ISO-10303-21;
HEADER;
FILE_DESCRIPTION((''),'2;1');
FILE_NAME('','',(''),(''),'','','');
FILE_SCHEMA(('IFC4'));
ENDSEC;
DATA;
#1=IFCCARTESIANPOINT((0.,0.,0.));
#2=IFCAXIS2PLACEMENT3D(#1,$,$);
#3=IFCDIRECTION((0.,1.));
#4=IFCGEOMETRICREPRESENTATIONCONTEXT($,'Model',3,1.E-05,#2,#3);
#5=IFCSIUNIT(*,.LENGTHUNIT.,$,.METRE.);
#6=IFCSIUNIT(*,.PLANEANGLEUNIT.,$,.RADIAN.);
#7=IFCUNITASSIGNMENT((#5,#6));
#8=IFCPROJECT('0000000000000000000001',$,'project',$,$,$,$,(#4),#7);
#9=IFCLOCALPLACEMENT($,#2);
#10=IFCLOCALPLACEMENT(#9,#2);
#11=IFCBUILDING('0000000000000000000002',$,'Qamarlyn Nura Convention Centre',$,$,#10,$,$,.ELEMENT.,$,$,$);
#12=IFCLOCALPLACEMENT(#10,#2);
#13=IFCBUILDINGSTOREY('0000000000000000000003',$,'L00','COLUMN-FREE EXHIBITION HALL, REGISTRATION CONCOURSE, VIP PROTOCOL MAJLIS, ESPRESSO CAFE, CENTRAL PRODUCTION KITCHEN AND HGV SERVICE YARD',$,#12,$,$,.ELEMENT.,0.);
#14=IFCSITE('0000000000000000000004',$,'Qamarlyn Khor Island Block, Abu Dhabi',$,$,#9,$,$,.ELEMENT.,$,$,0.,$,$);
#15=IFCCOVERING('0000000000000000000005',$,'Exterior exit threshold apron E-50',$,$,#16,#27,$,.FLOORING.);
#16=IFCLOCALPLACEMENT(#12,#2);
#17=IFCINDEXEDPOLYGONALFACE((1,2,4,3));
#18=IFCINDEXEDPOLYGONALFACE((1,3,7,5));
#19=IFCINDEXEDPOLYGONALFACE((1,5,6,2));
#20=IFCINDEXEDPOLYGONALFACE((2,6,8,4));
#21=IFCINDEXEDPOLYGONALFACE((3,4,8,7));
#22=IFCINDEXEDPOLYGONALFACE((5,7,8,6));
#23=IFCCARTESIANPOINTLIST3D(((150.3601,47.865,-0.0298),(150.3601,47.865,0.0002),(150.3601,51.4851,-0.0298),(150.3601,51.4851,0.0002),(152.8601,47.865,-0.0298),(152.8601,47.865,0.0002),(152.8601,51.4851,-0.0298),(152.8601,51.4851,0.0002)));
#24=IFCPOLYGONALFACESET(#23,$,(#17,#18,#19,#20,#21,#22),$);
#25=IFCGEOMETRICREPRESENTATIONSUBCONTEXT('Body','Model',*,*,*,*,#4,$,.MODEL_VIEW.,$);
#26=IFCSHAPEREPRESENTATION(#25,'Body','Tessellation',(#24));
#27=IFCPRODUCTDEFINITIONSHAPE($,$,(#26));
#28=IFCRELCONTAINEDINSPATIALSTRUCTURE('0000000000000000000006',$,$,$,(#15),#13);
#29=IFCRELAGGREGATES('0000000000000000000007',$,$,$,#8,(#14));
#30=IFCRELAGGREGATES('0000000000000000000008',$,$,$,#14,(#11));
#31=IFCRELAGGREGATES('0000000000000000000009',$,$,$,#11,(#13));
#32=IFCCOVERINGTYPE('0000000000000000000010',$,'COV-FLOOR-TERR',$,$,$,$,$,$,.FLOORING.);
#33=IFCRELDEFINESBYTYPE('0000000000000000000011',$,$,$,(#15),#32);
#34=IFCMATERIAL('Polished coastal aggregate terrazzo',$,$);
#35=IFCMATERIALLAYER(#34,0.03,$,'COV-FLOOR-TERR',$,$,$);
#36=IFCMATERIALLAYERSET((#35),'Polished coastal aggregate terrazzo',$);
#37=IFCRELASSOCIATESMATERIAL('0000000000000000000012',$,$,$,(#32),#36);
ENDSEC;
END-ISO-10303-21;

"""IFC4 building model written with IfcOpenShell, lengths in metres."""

from ifc_helpers import new_model, si_unit, direction, frame, origin, origin_2d, place, context, subcontext, project, spatial, rectangle, extrude, material, layer, layer_set, type_object, element, save


model = new_model("IFC4")

# Units and contexts
model_context = context("Model", 3, precision=1e-05, world=origin(), true_north=direction((0.0, 1.0)))
body_context = subcontext(model_context, "Body", "Model", "MODEL_VIEW")
ifc_project = project(units=[si_unit("LENGTHUNIT", "METRE"), si_unit("PLANEANGLEUNIT", "RADIAN")], contexts=[model_context])

# Site, building, storey
site_placement = place(None, origin())
site = spatial("IfcSite", under=ifc_project, at=site_placement, Name="Qamarlyn Khor Island Block, Abu Dhabi", CompositionType="ELEMENT", RefElevation=0.0)
building_placement = place(site_placement, origin())
building = spatial("IfcBuilding", under=site, at=building_placement, Name="Qamarlyn Nura Convention Centre", CompositionType="ELEMENT")
storey_placement = place(building_placement, origin())
storey = spatial("IfcBuildingStorey", under=building, at=storey_placement, Name="L00", Description="COLUMN-FREE EXHIBITION HALL, REGISTRATION CONCOURSE, VIP PROTOCOL MAJLIS, ESPRESSO CAFE, CENTRAL PRODUCTION KITCHEN AND HGV SERVICE YARD", CompositionType="ELEMENT", Elevation=0.0)

# Covering
ifc_material_1 = material(Name="Polished coastal aggregate terrazzo")
ifc_layer_1 = layer(ifc_material_1, 0.03, Name="COV-FLOOR-TERR")
ifc_layer_set_1 = layer_set([ifc_layer_1], Name="Polished coastal aggregate terrazzo")
covering_type = type_object("IfcCoveringType", Name="COV-FLOOR-TERR", PredefinedType="FLOORING", material=ifc_layer_set_1)
covering_placement = place(storey_placement, frame((151.6101, 49.675, -0.0298), z_axis=(0.0, 0.0, 1.0), x_axis=(0.0, 1.0, 0.0)))
element("IfcCovering", 1, at=covering_placement, inside=storey, type_object=covering_type, Name="Exterior exit threshold apron E-50", PredefinedType="FLOORING", context=body_context, shape_type="SweptSolid", body=[
    extrude(rectangle(XDim=3.6201, YDim=2.5, at=origin_2d()), origin(), (0.0, 0.0, 1.0), 0.03),
])

save(model, "model.ifc")
